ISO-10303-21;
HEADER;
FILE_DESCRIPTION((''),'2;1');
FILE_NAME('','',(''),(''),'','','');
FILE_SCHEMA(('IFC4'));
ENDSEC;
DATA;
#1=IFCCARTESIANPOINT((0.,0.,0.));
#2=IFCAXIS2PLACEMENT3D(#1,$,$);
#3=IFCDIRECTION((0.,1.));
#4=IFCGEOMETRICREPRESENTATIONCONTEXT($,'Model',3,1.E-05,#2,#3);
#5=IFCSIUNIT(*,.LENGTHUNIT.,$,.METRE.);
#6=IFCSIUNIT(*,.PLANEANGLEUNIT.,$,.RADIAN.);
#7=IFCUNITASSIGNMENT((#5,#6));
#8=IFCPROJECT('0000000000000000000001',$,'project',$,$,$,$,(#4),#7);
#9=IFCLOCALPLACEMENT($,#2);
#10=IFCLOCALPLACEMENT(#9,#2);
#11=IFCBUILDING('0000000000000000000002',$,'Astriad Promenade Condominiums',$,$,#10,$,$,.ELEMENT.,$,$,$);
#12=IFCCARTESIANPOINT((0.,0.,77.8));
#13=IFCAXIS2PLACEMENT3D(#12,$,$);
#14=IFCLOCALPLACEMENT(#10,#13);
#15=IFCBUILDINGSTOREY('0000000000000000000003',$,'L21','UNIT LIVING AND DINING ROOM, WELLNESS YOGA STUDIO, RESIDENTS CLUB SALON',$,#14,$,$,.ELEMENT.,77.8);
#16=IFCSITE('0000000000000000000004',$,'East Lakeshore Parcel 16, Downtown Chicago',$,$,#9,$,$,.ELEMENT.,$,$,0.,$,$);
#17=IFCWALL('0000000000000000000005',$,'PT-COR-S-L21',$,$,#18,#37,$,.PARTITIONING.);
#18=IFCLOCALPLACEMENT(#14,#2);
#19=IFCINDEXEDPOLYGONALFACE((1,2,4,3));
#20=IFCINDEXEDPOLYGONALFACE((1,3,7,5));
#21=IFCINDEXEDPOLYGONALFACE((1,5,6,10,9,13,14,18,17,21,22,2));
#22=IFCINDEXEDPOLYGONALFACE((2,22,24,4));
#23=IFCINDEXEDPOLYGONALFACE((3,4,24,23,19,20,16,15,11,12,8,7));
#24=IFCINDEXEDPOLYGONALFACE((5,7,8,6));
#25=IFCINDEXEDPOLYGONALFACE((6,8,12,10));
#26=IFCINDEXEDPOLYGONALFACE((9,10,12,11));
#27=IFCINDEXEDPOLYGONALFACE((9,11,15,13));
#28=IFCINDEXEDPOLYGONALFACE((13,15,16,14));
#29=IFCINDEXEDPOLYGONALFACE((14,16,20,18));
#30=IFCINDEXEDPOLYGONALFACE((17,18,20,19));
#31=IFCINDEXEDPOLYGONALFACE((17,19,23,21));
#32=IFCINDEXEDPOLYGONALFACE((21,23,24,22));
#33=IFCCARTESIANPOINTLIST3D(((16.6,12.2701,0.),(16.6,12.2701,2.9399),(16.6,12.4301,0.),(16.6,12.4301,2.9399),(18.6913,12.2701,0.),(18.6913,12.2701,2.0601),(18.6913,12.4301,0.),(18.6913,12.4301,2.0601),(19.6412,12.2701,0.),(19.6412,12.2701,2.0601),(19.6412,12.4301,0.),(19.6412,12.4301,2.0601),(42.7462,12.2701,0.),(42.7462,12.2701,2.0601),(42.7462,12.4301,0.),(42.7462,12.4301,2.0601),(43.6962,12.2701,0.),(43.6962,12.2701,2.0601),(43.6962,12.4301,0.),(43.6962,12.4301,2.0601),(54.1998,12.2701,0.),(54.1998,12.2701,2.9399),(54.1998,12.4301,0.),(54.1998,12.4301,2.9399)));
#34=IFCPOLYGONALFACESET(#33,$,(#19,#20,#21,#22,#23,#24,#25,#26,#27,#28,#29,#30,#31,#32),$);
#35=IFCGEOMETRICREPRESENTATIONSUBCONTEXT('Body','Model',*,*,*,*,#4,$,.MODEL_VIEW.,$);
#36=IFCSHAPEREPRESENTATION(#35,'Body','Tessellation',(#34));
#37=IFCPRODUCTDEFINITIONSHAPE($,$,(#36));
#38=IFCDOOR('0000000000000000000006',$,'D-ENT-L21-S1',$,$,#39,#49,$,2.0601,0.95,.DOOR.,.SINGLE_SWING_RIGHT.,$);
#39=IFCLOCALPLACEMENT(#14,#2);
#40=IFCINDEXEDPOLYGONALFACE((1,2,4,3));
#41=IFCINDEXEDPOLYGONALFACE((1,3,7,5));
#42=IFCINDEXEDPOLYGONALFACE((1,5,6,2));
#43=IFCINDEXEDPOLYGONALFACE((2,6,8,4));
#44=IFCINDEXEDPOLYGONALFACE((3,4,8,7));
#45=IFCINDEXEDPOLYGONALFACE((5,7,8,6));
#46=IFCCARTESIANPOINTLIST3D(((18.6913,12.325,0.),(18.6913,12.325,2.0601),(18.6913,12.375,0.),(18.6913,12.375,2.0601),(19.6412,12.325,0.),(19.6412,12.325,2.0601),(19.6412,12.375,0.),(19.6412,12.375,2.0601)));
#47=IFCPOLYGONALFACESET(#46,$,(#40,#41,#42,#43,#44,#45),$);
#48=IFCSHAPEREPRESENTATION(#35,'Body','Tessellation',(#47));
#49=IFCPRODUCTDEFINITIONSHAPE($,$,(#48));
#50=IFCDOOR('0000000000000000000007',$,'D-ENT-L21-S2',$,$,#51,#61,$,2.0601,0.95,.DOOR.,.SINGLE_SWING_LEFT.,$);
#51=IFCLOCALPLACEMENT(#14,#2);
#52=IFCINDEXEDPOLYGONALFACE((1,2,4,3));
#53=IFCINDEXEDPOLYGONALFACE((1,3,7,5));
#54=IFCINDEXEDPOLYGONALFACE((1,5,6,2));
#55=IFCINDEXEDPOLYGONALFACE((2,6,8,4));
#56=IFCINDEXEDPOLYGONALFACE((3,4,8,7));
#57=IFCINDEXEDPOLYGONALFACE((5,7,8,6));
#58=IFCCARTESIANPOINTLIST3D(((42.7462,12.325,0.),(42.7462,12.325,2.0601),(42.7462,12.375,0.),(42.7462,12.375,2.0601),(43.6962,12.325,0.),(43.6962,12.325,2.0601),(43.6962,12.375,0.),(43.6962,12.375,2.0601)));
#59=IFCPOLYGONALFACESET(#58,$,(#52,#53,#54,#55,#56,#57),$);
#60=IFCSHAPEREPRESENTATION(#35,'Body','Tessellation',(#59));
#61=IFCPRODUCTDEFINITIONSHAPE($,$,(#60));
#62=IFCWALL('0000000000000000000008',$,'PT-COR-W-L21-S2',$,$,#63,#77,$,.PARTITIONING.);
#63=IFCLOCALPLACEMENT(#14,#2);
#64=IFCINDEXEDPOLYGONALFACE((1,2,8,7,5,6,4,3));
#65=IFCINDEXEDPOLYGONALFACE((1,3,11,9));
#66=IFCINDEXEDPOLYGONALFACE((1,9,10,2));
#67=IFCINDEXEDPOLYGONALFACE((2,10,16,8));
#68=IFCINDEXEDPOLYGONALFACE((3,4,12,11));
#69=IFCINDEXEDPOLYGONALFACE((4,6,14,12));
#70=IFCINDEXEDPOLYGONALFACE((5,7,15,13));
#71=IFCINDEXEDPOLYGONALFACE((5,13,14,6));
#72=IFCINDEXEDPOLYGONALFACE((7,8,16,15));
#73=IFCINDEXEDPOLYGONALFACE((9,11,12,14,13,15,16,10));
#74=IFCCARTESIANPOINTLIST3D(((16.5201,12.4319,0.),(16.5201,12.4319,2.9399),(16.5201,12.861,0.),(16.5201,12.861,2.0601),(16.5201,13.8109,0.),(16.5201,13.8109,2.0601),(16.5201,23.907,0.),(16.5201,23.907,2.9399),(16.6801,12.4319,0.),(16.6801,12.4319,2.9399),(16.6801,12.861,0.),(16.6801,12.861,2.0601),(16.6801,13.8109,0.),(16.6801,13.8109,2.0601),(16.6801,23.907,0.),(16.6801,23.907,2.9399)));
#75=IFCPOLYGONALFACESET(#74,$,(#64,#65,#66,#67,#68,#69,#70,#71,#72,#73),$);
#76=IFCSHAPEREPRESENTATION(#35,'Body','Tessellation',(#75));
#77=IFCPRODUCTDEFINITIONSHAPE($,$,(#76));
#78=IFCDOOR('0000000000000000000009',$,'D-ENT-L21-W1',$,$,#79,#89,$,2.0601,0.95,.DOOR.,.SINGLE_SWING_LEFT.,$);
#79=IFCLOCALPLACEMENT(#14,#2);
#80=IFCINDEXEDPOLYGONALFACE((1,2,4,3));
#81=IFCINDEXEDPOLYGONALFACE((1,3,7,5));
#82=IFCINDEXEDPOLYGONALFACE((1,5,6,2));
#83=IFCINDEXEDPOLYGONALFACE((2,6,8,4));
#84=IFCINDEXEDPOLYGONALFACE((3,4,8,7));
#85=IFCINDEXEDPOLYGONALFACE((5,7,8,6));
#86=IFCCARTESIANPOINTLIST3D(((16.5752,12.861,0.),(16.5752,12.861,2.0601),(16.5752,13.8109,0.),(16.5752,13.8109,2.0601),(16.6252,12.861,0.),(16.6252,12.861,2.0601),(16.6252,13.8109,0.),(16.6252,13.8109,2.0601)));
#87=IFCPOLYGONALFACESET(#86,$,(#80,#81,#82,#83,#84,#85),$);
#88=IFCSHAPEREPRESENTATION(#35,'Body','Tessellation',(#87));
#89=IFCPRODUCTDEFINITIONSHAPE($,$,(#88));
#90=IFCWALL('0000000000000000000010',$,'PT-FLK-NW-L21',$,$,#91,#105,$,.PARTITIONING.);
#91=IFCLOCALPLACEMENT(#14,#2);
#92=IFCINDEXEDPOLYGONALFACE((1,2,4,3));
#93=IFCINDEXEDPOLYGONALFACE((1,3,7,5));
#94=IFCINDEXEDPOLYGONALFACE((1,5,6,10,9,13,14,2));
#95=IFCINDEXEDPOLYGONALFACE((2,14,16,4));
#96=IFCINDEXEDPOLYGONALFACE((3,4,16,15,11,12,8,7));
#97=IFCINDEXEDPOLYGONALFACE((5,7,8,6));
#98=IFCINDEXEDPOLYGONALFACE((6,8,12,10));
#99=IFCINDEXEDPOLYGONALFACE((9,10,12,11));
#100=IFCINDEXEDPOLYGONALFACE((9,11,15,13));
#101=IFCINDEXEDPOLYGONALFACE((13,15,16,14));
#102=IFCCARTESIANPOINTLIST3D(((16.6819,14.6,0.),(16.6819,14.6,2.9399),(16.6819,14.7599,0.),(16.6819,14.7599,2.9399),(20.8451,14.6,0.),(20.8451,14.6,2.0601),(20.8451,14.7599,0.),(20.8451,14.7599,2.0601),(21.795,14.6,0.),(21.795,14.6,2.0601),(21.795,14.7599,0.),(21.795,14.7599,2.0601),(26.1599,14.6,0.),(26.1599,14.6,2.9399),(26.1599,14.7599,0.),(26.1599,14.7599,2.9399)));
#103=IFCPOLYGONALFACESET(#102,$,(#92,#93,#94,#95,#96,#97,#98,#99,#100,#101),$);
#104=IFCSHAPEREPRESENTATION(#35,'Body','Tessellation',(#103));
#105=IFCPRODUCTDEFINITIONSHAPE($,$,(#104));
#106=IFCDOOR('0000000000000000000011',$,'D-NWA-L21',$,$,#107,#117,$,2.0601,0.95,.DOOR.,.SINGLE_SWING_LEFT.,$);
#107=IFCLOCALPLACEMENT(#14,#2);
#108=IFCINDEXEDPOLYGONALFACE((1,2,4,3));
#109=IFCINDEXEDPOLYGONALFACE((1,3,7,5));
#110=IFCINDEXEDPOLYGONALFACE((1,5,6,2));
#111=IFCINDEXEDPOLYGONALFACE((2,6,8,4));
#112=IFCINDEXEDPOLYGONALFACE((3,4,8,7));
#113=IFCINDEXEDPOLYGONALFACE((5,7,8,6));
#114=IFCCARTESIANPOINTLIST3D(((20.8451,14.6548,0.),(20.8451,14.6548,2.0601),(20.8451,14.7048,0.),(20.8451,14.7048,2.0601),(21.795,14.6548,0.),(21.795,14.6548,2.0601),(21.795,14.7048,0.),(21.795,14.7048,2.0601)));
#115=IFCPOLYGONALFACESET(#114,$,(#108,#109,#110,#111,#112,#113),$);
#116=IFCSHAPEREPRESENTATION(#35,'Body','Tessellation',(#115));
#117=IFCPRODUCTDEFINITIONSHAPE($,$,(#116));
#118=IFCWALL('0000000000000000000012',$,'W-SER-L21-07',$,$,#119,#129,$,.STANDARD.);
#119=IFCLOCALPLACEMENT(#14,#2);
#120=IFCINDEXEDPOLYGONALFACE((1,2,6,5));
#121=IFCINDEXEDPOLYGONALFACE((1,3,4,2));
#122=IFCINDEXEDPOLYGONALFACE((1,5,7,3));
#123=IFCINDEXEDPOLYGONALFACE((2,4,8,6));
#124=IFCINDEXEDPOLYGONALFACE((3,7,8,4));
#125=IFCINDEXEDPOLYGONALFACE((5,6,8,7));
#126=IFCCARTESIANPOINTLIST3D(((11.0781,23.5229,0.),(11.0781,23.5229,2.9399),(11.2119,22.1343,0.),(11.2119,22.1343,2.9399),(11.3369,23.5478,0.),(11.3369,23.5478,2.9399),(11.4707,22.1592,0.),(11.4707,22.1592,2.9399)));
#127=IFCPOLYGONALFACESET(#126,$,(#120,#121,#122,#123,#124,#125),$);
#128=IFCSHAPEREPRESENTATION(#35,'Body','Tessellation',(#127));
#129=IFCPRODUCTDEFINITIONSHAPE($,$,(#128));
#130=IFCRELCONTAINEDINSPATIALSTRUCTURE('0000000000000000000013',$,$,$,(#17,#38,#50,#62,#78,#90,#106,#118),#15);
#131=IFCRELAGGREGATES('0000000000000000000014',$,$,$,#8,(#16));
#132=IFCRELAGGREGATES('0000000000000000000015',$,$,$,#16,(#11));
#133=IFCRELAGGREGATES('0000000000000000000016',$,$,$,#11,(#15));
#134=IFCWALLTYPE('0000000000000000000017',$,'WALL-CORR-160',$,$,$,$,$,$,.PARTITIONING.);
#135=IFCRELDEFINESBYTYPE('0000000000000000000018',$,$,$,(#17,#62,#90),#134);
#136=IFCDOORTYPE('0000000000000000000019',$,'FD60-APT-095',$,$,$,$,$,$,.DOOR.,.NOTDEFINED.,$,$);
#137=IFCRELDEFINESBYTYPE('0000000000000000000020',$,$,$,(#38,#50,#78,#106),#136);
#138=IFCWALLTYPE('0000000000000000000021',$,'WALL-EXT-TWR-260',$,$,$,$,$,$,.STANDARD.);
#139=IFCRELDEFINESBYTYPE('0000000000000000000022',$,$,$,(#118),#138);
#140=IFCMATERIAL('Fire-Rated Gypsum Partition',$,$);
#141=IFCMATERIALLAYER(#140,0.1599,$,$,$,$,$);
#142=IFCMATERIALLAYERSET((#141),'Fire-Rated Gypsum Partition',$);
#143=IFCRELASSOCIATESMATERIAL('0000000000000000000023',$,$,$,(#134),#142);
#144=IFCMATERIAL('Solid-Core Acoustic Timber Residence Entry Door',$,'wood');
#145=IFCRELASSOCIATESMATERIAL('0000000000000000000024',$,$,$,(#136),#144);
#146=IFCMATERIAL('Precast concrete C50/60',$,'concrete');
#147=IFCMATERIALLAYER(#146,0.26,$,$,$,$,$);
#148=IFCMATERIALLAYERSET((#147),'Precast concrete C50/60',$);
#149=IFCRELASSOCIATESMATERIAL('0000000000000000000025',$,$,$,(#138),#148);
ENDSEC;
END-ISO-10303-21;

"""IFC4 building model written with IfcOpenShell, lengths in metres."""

from ifc_helpers import new_model, si_unit, direction, frame, frame_2d, origin, place, context, subcontext, project, spatial, rectangle, extrude, source, transform, mapped, material, layer, layer_set, type_object, type_shapes, element, fill, save


model = new_model("IFC4")

# Units and contexts
model_context = context("Model", 3, precision=1e-05, world=origin(), true_north=direction((0.0, 1.0)))
body_context = subcontext(model_context, "Body", "Model", "MODEL_VIEW")
ifc_project = project(units=[si_unit("LENGTHUNIT", "METRE"), si_unit("PLANEANGLEUNIT", "RADIAN")], contexts=[model_context])

# Site, building, storey
site_placement = place(None, origin())
site = spatial("IfcSite", under=ifc_project, at=site_placement, Name="East Lakeshore Parcel 16, Downtown Chicago", CompositionType="ELEMENT", RefElevation=0.0)
building_placement = place(site_placement, origin())
building = spatial("IfcBuilding", under=site, at=building_placement, Name="Astriad Promenade Condominiums", CompositionType="ELEMENT")
storey_placement = place(building_placement, frame((0.0, 0.0, 77.8)))
storey = spatial("IfcBuildingStorey", under=building, at=storey_placement, Name="L21", Description="UNIT LIVING AND DINING ROOM, WELLNESS YOGA STUDIO, RESIDENTS CLUB SALON", CompositionType="ELEMENT", Elevation=77.8)

# Wall, openings, doors
ifc_material_1 = material(Name="Fire-Rated Gypsum Partition")
ifc_layer_1 = layer(ifc_material_1, 0.1599)
ifc_layer_set_1 = layer_set([ifc_layer_1], Name="Fire-Rated Gypsum Partition")
wall_type_1 = type_object("IfcWallType", Name="WALL-CORR-160", PredefinedType="PARTITIONING", material=ifc_layer_set_1)
wall_1_placement = place(storey_placement, frame((16.6001, 12.3501, 0.0), z_axis=(0.0, 0.0, 1.0), x_axis=(1.0, 0.0, 0.0)))
wall_1 = element("IfcWall", 1, at=wall_1_placement, inside=storey, type_object=wall_type_1, Name="PT-COR-S-L21", PredefinedType="PARTITIONING", context=body_context, shape_type="SweptSolid", body=[
    extrude(rectangle(XDim=37.5999, YDim=0.1599, at=frame_2d((18.7998, 0.0))), origin(), (0.0, 0.0, 1.0), 2.9399),
])
opening_1_placement = place(wall_1_placement, frame((2.0911, 0.0, 0.0)))
opening_1 = element("IfcOpeningElement", 2, at=opening_1_placement, cuts=wall_1, PredefinedType="OPENING", context=body_context, shape_type="SweptSolid", body=[
    extrude(rectangle(XDim=0.95, YDim=2.0601, at=frame_2d((0.4751, 1.03))), frame((0.0, 0.0898, 0.0), z_axis=(0.0, -1.0, 0.0), x_axis=(1.0, 0.0, 0.0)), (0.0, 0.0, 1.0), 0.1799),
])
opening_2_placement = place(wall_1_placement, frame((26.146, 0.0, 0.0)))
opening_2 = element("IfcOpeningElement", 3, at=opening_2_placement, cuts=wall_1, PredefinedType="OPENING", context=body_context, shape_type="SweptSolid", body=[
    extrude(rectangle(XDim=0.95, YDim=2.0601, at=frame_2d((0.4751, 1.03))), frame((0.0, 0.0898, 0.0), z_axis=(0.0, -1.0, 0.0), x_axis=(1.0, 0.0, 0.0)), (0.0, 0.0, 1.0), 0.1799),
])
ifc_material_2 = material(Name="Solid-Core Acoustic Timber Residence Entry Door", Category="wood")
door_type_1 = type_object("IfcDoorType", Name="FD60-APT-095", OperationType="NOTDEFINED", PredefinedType="DOOR", material=ifc_material_2)
shared_shape_1 = source(origin(), body_context, "Body", "SweptSolid", [
    extrude(rectangle(XDim=0.95, YDim=2.0601, at=frame_2d((0.4751, 1.03))), frame((0.0, 0.0249, 0.0), z_axis=(0.0, -1.0, 0.0), x_axis=(1.0, 0.0, 0.0)), (0.0, 0.0, 1.0), 0.05),
])
type_shapes(door_type_1, [shared_shape_1])
door_1_placement = place(opening_1_placement, origin())
door_1 = element("IfcDoor", 4, at=door_1_placement, inside=storey, type_object=door_type_1, Name="D-ENT-L21-S1", OperationType="SINGLE_SWING_RIGHT", OverallHeight=2.0601, OverallWidth=0.95, PredefinedType="DOOR", context=body_context, shape_type="MappedRepresentation", body=[
    mapped(shared_shape_1, transform((0.0, 0.0, 0.0), scale=1.0)),
])
fill(opening_1, door_1)
door_2_placement = place(opening_2_placement, origin())
door_2 = element("IfcDoor", 5, at=door_2_placement, inside=storey, type_object=door_type_1, Name="D-ENT-L21-S2", OperationType="SINGLE_SWING_LEFT", OverallHeight=2.0601, OverallWidth=0.95, PredefinedType="DOOR", context=body_context, shape_type="MappedRepresentation", body=[
    mapped(shared_shape_1, transform((0.0, 0.0, 0.0), scale=1.0)),
])
fill(opening_2, door_2)

# Walls, openings, doors
wall_2_placement = place(storey_placement, frame((16.6001, 12.4319, 0.0), z_axis=(0.0, 0.0, 1.0), x_axis=(0.0, 1.0, 0.0)))
wall_2 = element("IfcWall", 6, at=wall_2_placement, inside=storey, type_object=wall_type_1, Name="PT-COR-W-L21-S2", PredefinedType="PARTITIONING", context=body_context, shape_type="SweptSolid", body=[
    extrude(rectangle(XDim=11.4751, YDim=0.1599, at=frame_2d((5.7375, 0.0))), origin(), (0.0, 0.0, 1.0), 2.9399),
])
opening_3_placement = place(wall_2_placement, frame((0.429, 0.0, 0.0)))
opening_3 = element("IfcOpeningElement", 7, at=opening_3_placement, cuts=wall_2, PredefinedType="OPENING", context=body_context, shape_type="SweptSolid", body=[
    extrude(rectangle(XDim=0.95, YDim=2.0601, at=frame_2d((0.4751, 1.03))), frame((0.0, 0.0898, 0.0), z_axis=(0.0, -1.0, 0.0), x_axis=(1.0, 0.0, 0.0)), (0.0, 0.0, 1.0), 0.1799),
])
door_3_placement = place(opening_3_placement, origin())
door_3 = element("IfcDoor", 8, at=door_3_placement, inside=storey, type_object=door_type_1, Name="D-ENT-L21-W1", OperationType="SINGLE_SWING_LEFT", OverallHeight=2.0601, OverallWidth=0.95, PredefinedType="DOOR", context=body_context, shape_type="MappedRepresentation", body=[
    mapped(shared_shape_1, transform((0.0, 0.0, 0.0), scale=1.0)),
])
fill(opening_3, door_3)
wall_3_placement = place(storey_placement, frame((16.6819, 14.6799, 0.0), z_axis=(0.0, 0.0, 1.0), x_axis=(1.0, 0.0, 0.0)))
wall_3 = element("IfcWall", 9, at=wall_3_placement, inside=storey, type_object=wall_type_1, Name="PT-FLK-NW-L21", PredefinedType="PARTITIONING", context=body_context, shape_type="SweptSolid", body=[
    extrude(rectangle(XDim=9.478, YDim=0.1599, at=frame_2d((4.739, 0.0))), origin(), (0.0, 0.0, 1.0), 2.9399),
])
opening_4_placement = place(wall_3_placement, frame((4.1631, 0.0, 0.0)))
opening_4 = element("IfcOpeningElement", 10, at=opening_4_placement, cuts=wall_3, PredefinedType="OPENING", context=body_context, shape_type="SweptSolid", body=[
    extrude(rectangle(XDim=0.95, YDim=2.0601, at=frame_2d((0.4751, 1.03))), frame((0.0, 0.0898, 0.0), z_axis=(0.0, -1.0, 0.0), x_axis=(1.0, 0.0, 0.0)), (0.0, 0.0, 1.0), 0.1799),
])
door_4_placement = place(opening_4_placement, origin())
door_4 = element("IfcDoor", 11, at=door_4_placement, inside=storey, type_object=door_type_1, Name="D-NWA-L21", OperationType="SINGLE_SWING_LEFT", OverallHeight=2.0601, OverallWidth=0.95, PredefinedType="DOOR", context=body_context, shape_type="MappedRepresentation", body=[
    mapped(shared_shape_1, transform((0.0, 0.0, 0.0), scale=1.0)),
])
fill(opening_4, door_4)

# Wall
ifc_material_3 = material(Name="Precast concrete C50/60", Category="concrete")
ifc_layer_2 = layer(ifc_material_3, 0.26)
ifc_layer_set_2 = layer_set([ifc_layer_2], Name="Precast concrete C50/60")
wall_type_2 = type_object("IfcWallType", Name="WALL-EXT-TWR-260", PredefinedType="STANDARD", material=ifc_layer_set_2)
wall_4_placement = place(storey_placement, frame((11.3413, 22.1467, 0.0), z_axis=(0.0, 0.0, 1.0), x_axis=(-0.095899, 0.995391, 0.0)))
element("IfcWall", 12, at=wall_4_placement, inside=storey, type_object=wall_type_2, Name="W-SER-L21-07", PredefinedType="STANDARD", context=body_context, shape_type="SweptSolid", body=[
    extrude(rectangle(XDim=1.395, YDim=0.26, at=frame_2d((0.6975, 0.0))), origin(), (0.0, 0.0, 1.0), 2.9399),
])

save(model, "model.ifc")
